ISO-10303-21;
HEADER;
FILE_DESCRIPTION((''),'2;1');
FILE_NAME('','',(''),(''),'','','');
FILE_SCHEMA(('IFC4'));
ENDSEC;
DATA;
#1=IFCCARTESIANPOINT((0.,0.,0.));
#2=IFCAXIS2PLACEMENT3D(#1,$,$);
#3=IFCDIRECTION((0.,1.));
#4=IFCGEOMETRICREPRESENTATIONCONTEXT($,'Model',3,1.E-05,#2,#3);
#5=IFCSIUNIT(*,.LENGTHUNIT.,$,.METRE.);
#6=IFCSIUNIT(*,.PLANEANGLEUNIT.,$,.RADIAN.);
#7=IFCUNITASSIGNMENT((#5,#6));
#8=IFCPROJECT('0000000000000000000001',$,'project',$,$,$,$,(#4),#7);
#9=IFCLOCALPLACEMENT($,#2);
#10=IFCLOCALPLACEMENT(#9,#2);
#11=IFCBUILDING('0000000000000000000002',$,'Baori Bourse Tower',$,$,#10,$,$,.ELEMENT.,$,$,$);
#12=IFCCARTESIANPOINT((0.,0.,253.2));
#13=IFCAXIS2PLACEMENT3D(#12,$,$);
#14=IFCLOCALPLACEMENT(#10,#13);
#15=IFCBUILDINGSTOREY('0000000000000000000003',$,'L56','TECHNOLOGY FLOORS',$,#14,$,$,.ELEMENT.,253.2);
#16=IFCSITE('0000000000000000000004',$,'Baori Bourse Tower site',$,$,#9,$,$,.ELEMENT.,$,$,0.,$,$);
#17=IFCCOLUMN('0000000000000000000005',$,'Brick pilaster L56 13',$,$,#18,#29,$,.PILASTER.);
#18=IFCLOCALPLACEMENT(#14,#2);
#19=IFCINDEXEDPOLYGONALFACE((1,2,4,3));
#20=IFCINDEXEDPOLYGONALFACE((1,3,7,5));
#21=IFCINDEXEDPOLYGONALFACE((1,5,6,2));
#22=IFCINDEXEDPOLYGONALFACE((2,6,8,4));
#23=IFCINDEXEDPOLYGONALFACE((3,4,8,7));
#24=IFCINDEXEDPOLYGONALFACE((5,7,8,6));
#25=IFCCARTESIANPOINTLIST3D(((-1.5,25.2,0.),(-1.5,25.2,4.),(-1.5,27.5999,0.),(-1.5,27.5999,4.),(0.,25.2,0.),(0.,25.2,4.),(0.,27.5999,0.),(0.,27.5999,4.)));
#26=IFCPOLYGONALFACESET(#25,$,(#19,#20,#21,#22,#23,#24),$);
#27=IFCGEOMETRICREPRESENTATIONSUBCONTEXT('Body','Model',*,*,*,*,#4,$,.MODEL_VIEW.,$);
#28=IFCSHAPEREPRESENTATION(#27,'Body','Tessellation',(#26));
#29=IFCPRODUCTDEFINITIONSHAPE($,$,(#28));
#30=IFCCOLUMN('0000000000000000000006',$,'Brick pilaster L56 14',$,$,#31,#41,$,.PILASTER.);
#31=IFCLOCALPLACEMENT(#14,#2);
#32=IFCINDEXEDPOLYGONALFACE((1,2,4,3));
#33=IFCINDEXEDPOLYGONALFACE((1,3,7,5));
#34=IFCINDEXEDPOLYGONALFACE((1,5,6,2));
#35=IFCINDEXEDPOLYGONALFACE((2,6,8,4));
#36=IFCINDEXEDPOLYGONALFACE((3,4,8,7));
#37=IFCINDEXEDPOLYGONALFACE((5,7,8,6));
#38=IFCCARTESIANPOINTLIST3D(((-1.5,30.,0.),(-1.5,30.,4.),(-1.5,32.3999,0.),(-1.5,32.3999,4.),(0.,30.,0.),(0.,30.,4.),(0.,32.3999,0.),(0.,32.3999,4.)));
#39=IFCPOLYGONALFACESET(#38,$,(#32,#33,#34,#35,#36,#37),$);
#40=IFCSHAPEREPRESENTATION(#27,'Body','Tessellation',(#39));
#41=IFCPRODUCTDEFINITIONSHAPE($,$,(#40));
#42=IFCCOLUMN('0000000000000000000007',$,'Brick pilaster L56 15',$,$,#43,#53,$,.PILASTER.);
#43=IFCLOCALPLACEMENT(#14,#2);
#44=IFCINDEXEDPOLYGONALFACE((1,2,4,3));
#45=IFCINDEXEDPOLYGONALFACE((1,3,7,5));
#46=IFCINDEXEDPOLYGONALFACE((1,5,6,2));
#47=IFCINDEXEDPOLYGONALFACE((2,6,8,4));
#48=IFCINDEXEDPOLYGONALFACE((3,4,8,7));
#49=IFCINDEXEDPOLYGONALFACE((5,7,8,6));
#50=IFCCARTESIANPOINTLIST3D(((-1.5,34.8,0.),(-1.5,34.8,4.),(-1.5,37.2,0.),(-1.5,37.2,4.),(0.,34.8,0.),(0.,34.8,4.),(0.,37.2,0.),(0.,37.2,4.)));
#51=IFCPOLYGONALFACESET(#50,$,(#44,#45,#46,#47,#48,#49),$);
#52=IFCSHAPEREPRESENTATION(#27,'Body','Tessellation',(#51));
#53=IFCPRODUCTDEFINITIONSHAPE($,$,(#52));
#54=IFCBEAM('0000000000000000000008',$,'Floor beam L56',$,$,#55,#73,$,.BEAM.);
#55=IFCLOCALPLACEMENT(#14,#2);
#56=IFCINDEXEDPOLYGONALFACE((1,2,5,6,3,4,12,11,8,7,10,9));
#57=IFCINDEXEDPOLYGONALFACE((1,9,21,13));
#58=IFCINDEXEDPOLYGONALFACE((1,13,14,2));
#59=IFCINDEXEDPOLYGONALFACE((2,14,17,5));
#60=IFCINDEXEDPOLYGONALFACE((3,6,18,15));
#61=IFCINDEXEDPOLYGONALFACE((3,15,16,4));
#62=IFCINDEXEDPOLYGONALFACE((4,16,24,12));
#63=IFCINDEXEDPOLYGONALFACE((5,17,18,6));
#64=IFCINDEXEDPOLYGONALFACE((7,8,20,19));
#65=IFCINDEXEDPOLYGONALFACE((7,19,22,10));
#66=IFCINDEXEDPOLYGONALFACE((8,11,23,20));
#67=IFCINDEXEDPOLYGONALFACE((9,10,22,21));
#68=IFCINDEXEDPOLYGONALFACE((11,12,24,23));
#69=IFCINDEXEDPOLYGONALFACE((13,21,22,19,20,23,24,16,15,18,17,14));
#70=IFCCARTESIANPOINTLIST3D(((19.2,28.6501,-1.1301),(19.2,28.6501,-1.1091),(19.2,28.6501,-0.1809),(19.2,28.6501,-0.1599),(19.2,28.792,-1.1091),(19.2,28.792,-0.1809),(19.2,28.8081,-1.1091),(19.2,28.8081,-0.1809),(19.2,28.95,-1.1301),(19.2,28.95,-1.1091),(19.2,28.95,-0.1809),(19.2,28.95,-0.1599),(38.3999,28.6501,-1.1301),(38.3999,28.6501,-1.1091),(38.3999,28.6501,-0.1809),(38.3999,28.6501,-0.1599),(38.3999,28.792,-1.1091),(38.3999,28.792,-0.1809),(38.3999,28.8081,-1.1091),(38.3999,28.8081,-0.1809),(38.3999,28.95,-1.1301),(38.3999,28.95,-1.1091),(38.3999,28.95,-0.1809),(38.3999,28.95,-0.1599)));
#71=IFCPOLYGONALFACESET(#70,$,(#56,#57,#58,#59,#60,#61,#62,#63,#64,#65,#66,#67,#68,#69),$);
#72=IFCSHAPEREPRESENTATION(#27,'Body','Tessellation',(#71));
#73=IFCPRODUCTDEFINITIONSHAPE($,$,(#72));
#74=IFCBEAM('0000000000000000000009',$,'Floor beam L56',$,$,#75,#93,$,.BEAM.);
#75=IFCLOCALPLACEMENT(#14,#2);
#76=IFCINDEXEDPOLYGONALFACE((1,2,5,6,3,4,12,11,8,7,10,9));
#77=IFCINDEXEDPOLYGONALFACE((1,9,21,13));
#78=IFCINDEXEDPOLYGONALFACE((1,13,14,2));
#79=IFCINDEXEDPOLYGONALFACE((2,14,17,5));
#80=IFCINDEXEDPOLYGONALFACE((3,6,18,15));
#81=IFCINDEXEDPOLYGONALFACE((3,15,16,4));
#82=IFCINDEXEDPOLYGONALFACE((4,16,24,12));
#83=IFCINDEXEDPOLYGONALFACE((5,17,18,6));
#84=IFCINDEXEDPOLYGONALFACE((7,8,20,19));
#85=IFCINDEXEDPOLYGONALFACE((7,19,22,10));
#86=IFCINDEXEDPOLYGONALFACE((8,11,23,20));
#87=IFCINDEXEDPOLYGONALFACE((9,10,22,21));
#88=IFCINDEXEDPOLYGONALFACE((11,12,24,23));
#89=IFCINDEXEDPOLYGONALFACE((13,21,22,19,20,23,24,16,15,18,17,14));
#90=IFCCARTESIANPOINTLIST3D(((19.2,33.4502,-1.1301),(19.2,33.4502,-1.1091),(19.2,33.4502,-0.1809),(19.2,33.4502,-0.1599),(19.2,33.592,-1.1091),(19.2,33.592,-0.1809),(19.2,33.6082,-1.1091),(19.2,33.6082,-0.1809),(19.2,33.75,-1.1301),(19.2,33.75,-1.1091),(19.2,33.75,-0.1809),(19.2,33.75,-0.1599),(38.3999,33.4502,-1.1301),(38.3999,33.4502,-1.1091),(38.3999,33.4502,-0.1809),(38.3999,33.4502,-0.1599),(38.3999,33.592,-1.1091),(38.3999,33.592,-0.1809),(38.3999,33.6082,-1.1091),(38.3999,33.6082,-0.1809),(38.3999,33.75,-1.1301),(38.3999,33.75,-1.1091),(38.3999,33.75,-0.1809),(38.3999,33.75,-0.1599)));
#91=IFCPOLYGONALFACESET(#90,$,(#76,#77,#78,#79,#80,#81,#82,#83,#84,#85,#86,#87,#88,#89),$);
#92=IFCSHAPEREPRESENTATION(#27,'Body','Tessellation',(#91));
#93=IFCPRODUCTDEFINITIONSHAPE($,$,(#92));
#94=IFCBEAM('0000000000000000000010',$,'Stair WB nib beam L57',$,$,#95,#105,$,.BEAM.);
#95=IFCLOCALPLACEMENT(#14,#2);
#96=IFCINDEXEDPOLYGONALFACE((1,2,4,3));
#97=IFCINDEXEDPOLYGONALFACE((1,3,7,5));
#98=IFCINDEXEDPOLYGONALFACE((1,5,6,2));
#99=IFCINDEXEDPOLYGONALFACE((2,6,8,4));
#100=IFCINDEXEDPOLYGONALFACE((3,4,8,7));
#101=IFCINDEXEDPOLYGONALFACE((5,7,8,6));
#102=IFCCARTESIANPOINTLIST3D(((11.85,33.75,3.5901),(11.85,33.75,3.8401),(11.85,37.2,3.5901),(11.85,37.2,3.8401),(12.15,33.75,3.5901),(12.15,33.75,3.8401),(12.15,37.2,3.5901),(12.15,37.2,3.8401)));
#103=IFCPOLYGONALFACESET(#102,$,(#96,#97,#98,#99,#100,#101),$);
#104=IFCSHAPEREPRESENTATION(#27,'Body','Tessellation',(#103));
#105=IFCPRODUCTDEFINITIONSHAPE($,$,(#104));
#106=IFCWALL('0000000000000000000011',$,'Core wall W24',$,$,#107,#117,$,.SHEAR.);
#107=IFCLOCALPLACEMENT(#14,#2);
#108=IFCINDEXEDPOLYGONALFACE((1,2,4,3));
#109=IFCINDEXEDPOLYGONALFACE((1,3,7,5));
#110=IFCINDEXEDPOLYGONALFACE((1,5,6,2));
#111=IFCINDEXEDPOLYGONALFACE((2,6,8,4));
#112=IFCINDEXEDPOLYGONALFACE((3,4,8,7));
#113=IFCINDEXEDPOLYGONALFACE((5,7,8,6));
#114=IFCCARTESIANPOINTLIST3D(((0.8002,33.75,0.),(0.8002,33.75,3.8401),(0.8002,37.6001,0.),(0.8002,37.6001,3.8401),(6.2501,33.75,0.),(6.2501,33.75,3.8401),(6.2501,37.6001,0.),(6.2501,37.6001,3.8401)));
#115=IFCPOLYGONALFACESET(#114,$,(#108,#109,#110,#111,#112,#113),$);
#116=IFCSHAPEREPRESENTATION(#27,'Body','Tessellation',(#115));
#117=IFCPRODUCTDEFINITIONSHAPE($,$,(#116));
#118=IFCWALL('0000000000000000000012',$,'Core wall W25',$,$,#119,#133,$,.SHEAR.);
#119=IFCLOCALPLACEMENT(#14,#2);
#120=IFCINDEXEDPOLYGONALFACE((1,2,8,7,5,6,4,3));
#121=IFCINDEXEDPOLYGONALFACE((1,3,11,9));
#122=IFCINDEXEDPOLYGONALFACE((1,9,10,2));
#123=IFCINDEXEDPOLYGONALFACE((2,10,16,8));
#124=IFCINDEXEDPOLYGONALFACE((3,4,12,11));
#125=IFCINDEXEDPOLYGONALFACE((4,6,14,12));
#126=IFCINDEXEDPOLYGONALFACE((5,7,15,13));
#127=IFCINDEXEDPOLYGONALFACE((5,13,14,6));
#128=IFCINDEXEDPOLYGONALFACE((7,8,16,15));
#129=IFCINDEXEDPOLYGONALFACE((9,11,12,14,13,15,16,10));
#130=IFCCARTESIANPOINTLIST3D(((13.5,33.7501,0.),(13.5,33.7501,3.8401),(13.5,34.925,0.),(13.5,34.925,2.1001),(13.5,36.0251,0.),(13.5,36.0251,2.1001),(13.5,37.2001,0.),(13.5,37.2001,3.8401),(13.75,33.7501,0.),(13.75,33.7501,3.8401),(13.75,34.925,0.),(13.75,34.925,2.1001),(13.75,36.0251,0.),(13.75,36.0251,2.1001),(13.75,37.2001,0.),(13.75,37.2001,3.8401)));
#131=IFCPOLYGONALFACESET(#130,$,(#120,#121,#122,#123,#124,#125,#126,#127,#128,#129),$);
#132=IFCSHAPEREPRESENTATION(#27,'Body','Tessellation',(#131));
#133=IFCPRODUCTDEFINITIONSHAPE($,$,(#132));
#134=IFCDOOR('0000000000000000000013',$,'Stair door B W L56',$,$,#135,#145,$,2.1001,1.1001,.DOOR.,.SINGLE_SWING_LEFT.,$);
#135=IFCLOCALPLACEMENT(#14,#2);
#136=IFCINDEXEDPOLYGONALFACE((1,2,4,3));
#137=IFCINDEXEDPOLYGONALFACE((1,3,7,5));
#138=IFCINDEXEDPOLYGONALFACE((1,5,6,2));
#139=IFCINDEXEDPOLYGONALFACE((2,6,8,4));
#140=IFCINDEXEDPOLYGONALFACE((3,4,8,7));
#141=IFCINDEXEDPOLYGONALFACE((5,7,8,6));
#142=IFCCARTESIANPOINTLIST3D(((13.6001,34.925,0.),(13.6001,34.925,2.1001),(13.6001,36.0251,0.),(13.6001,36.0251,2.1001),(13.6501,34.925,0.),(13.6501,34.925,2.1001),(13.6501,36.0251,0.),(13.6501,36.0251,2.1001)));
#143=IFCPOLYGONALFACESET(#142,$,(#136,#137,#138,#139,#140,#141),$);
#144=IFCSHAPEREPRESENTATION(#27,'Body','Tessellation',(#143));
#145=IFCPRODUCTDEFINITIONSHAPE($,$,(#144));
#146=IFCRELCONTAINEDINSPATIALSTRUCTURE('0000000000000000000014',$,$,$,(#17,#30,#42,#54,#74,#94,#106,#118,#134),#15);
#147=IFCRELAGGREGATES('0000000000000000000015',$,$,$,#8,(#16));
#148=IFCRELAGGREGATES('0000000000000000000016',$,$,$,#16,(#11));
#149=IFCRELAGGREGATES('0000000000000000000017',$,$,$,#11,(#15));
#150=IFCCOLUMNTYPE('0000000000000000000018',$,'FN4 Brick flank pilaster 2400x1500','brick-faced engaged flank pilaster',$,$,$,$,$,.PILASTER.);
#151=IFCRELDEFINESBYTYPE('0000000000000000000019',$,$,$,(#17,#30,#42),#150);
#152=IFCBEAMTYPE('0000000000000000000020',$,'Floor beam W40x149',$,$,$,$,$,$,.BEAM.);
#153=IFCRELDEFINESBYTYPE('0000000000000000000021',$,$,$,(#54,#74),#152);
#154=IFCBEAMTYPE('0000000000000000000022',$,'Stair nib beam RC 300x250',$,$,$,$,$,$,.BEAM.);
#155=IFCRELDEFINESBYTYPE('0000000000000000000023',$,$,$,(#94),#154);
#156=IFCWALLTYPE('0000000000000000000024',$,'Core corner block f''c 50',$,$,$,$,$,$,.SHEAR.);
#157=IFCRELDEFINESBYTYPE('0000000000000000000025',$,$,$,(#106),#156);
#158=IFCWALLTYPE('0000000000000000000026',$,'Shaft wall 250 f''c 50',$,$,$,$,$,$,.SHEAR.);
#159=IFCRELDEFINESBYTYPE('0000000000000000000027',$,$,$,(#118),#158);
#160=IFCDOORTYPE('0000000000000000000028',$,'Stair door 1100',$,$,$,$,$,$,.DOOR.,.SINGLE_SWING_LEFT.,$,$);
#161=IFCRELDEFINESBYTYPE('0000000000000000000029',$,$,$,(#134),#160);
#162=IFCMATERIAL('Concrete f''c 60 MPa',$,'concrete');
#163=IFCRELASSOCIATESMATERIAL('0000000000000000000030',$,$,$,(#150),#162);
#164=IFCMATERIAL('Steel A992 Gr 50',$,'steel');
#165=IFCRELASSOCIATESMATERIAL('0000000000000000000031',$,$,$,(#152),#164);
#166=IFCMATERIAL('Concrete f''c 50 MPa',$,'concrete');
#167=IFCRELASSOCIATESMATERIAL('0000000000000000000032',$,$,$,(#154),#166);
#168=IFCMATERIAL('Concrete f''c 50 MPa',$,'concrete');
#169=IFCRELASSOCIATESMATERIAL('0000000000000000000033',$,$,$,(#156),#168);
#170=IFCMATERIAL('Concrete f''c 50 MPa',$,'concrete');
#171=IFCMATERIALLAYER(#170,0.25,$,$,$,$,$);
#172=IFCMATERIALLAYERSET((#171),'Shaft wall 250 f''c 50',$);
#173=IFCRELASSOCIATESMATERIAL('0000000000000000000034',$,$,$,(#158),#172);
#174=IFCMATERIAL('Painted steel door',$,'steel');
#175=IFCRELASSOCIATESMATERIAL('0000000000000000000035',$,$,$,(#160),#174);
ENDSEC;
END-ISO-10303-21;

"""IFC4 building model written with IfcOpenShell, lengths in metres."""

from ifc_helpers import new_model, si_unit, direction, frame, frame_2d, origin, origin_2d, place, context, subcontext, project, spatial, rectangle, i_section, extrude, material, layer, layer_set, material_profile, profile_set, type_object, element, fill, save


model = new_model("IFC4")

# Units and contexts
model_context = context("Model", 3, precision=1e-05, world=origin(), true_north=direction((0.0, 1.0)))
body_context = subcontext(model_context, "Body", "Model", "MODEL_VIEW")
ifc_project = project(units=[si_unit("LENGTHUNIT", "METRE"), si_unit("PLANEANGLEUNIT", "RADIAN")], contexts=[model_context])

# Site, building, storey
site_placement = place(None, origin())
site = spatial("IfcSite", under=ifc_project, at=site_placement, Name="Baori Bourse Tower site", CompositionType="ELEMENT", RefElevation=0.0)
building_placement = place(site_placement, origin())
building = spatial("IfcBuilding", under=site, at=building_placement, Name="Baori Bourse Tower", CompositionType="ELEMENT")
storey_placement = place(building_placement, frame((0.0, 0.0, 253.2)))
storey = spatial("IfcBuildingStorey", under=building, at=storey_placement, Name="L56", Description="TECHNOLOGY FLOORS", CompositionType="ELEMENT", Elevation=253.2)

# Columns
ifc_material_1 = material(Name="Concrete f'c 60 MPa", Category="concrete")
ifc_material_profile_1 = material_profile(ifc_material_1, rectangle(XDim=2.3999, YDim=1.5, at=origin_2d()), Name="RC 2400x1500")
ifc_profile_set_1 = profile_set([ifc_material_profile_1], Name="Concrete f'c 60 MPa")
column_type = type_object("IfcColumnType", Name="FN4 Brick flank pilaster 2400x1500", Description="brick-faced engaged flank pilaster", PredefinedType="PILASTER", material=ifc_profile_set_1)
for number, where, z_axis, x_axis, name in (
    (1, (-0.75, 26.3999, 0.0), (0.0, 0.0, 1.0), (0.0, 1.0, 0.0), "Brick pilaster L56 13"),
    (2, (-0.75, 31.2, 0.0), (0.0, 0.0, 1.0), (0.0, 1.0, 0.0), "Brick pilaster L56 14"),
    (3, (-0.75, 36.0, 0.0), (0.0, 0.0, 1.0), (0.0, 1.0, 0.0), "Brick pilaster L56 15"),
):
    element("IfcColumn", number, at=place(storey_placement, frame(where, z_axis=z_axis, x_axis=x_axis)), inside=storey, type_object=column_type, Name=name, PredefinedType="PILASTER", context=body_context, shape_type="SweptSolid", body=[
        extrude(rectangle(XDim=2.3999, YDim=1.5, at=origin_2d()), origin(), (0.0, 0.0, 1.0), 4.0),
    ])

# Beams
ifc_material_2 = material(Name="Steel A992 Gr 50", Category="steel")
ifc_material_profile_2 = material_profile(ifc_material_2, i_section(OverallWidth=0.2998, OverallDepth=0.9702, WebThickness=0.0161, FlangeThickness=0.021, at=origin_2d()), Name="W40x149")
ifc_profile_set_2 = profile_set([ifc_material_profile_2], Name="Steel A992 Gr 50")
beam_type_1 = type_object("IfcBeamType", Name="Floor beam W40x149", PredefinedType="BEAM", material=ifc_profile_set_2)
for number, where, z_axis, x_axis, name in (
    (4, (19.2, 28.8, -0.645), (1.0, 0.0, 0.0), (0.0, 1.0, 0.0), "Floor beam L56"),
    (5, (19.2, 33.6001, -0.645), (1.0, 0.0, 0.0), (0.0, 1.0, 0.0), "Floor beam L56"),
):
    element("IfcBeam", number, at=place(storey_placement, frame(where, z_axis=z_axis, x_axis=x_axis)), inside=storey, type_object=beam_type_1, Name=name, PredefinedType="BEAM", context=body_context, shape_type="SweptSolid", body=[
        extrude(i_section(OverallWidth=0.2998, OverallDepth=0.9702, WebThickness=0.0161, FlangeThickness=0.021, at=origin_2d()), origin(), (0.0, 0.0, 1.0), 19.2),
    ])
ifc_material_3 = material(Name="Concrete f'c 50 MPa", Category="concrete")
ifc_material_profile_3 = material_profile(ifc_material_3, rectangle(XDim=0.3, YDim=0.25, at=origin_2d()), Name="RC 300x250")
ifc_profile_set_3 = profile_set([ifc_material_profile_3], Name="Concrete f'c 50 MPa")
beam_type_2 = type_object("IfcBeamType", Name="Stair nib beam RC 300x250", PredefinedType="BEAM", material=ifc_profile_set_3)
beam_placement = place(storey_placement, frame((12.0, 33.75, 3.7151), z_axis=(0.0, 1.0, 0.0), x_axis=(-1.0, 0.0, 0.0)))
element("IfcBeam", 6, at=beam_placement, inside=storey, type_object=beam_type_2, Name="Stair WB nib beam L57", PredefinedType="BEAM", context=body_context, shape_type="SweptSolid", body=[
    extrude(rectangle(XDim=0.3, YDim=0.25, at=origin_2d()), origin(), (0.0, 0.0, 1.0), 3.45),
])

# Wall
ifc_material_4 = material(Name="Concrete f'c 50 MPa", Category="concrete")
wall_type_1 = type_object("IfcWallType", Name="Core corner block f'c 50", PredefinedType="SHEAR", material=ifc_material_4)
wall_1_placement = place(storey_placement, frame((0.8, 35.675, 0.0), z_axis=(0.0, 0.0, 1.0), x_axis=(1.0, 0.0, 0.0)))
element("IfcWall", 7, at=wall_1_placement, inside=storey, type_object=wall_type_1, Name="Core wall W24", PredefinedType="SHEAR", context=body_context, shape_type="SweptSolid", body=[
    extrude(rectangle(XDim=5.45, YDim=3.8501, at=frame_2d((2.7251, 0.0))), origin(), (0.0, 0.0, 1.0), 3.8401),
])

# Wall, opening, door
ifc_material_5 = material(Name="Concrete f'c 50 MPa", Category="concrete")
ifc_layer_1 = layer(ifc_material_5, 0.25)
ifc_layer_set_1 = layer_set([ifc_layer_1], Name="Shaft wall 250 f'c 50")
wall_type_2 = type_object("IfcWallType", Name="Shaft wall 250 f'c 50", PredefinedType="SHEAR", material=ifc_layer_set_1)
wall_2_placement = place(storey_placement, frame((13.625, 33.75, 0.0), z_axis=(0.0, 0.0, 1.0), x_axis=(0.0, 1.0, 0.0)))
wall_2 = element("IfcWall", 8, at=wall_2_placement, inside=storey, type_object=wall_type_2, Name="Core wall W25", PredefinedType="SHEAR", context=body_context, shape_type="SweptSolid", body=[
    extrude(rectangle(XDim=3.45, YDim=0.25, at=frame_2d((1.7251, 0.0))), origin(), (0.0, 0.0, 1.0), 3.8401),
])
opening_1_placement = place(wall_2_placement, frame((1.175, 0.0, 0.0)))
opening_1 = element("IfcOpeningElement", 9, at=opening_1_placement, cuts=wall_2, PredefinedType="OPENING", context=body_context, shape_type="SweptSolid", body=[
    extrude(rectangle(XDim=1.1001, YDim=2.1001, at=frame_2d((0.55, 1.05))), frame((0.0, 0.135, 0.0), z_axis=(0.0, -1.0, 0.0), x_axis=(1.0, 0.0, 0.0)), (0.0, 0.0, 1.0), 0.27),
])
ifc_material_6 = material(Name="Painted steel door", Category="steel")
door_type_1 = type_object("IfcDoorType", Name="Stair door 1100", OperationType="SINGLE_SWING_LEFT", PredefinedType="DOOR", material=ifc_material_6)
door_1_placement = place(opening_1_placement, origin())
door_1 = element("IfcDoor", 10, at=door_1_placement, inside=storey, type_object=door_type_1, Name="Stair door B W L56", OperationType="SINGLE_SWING_LEFT", OverallHeight=2.1001, OverallWidth=1.1001, PredefinedType="DOOR", context=body_context, shape_type="SweptSolid", body=[
    extrude(rectangle(XDim=1.1001, YDim=2.1001, at=frame_2d((0.55, 1.05))), frame((0.0, 0.0249, 0.0), z_axis=(0.0, -1.0, 0.0), x_axis=(1.0, 0.0, 0.0)), (0.0, 0.0, 1.0), 0.05),
])
fill(opening_1, door_1)

save(model, "model.ifc")
